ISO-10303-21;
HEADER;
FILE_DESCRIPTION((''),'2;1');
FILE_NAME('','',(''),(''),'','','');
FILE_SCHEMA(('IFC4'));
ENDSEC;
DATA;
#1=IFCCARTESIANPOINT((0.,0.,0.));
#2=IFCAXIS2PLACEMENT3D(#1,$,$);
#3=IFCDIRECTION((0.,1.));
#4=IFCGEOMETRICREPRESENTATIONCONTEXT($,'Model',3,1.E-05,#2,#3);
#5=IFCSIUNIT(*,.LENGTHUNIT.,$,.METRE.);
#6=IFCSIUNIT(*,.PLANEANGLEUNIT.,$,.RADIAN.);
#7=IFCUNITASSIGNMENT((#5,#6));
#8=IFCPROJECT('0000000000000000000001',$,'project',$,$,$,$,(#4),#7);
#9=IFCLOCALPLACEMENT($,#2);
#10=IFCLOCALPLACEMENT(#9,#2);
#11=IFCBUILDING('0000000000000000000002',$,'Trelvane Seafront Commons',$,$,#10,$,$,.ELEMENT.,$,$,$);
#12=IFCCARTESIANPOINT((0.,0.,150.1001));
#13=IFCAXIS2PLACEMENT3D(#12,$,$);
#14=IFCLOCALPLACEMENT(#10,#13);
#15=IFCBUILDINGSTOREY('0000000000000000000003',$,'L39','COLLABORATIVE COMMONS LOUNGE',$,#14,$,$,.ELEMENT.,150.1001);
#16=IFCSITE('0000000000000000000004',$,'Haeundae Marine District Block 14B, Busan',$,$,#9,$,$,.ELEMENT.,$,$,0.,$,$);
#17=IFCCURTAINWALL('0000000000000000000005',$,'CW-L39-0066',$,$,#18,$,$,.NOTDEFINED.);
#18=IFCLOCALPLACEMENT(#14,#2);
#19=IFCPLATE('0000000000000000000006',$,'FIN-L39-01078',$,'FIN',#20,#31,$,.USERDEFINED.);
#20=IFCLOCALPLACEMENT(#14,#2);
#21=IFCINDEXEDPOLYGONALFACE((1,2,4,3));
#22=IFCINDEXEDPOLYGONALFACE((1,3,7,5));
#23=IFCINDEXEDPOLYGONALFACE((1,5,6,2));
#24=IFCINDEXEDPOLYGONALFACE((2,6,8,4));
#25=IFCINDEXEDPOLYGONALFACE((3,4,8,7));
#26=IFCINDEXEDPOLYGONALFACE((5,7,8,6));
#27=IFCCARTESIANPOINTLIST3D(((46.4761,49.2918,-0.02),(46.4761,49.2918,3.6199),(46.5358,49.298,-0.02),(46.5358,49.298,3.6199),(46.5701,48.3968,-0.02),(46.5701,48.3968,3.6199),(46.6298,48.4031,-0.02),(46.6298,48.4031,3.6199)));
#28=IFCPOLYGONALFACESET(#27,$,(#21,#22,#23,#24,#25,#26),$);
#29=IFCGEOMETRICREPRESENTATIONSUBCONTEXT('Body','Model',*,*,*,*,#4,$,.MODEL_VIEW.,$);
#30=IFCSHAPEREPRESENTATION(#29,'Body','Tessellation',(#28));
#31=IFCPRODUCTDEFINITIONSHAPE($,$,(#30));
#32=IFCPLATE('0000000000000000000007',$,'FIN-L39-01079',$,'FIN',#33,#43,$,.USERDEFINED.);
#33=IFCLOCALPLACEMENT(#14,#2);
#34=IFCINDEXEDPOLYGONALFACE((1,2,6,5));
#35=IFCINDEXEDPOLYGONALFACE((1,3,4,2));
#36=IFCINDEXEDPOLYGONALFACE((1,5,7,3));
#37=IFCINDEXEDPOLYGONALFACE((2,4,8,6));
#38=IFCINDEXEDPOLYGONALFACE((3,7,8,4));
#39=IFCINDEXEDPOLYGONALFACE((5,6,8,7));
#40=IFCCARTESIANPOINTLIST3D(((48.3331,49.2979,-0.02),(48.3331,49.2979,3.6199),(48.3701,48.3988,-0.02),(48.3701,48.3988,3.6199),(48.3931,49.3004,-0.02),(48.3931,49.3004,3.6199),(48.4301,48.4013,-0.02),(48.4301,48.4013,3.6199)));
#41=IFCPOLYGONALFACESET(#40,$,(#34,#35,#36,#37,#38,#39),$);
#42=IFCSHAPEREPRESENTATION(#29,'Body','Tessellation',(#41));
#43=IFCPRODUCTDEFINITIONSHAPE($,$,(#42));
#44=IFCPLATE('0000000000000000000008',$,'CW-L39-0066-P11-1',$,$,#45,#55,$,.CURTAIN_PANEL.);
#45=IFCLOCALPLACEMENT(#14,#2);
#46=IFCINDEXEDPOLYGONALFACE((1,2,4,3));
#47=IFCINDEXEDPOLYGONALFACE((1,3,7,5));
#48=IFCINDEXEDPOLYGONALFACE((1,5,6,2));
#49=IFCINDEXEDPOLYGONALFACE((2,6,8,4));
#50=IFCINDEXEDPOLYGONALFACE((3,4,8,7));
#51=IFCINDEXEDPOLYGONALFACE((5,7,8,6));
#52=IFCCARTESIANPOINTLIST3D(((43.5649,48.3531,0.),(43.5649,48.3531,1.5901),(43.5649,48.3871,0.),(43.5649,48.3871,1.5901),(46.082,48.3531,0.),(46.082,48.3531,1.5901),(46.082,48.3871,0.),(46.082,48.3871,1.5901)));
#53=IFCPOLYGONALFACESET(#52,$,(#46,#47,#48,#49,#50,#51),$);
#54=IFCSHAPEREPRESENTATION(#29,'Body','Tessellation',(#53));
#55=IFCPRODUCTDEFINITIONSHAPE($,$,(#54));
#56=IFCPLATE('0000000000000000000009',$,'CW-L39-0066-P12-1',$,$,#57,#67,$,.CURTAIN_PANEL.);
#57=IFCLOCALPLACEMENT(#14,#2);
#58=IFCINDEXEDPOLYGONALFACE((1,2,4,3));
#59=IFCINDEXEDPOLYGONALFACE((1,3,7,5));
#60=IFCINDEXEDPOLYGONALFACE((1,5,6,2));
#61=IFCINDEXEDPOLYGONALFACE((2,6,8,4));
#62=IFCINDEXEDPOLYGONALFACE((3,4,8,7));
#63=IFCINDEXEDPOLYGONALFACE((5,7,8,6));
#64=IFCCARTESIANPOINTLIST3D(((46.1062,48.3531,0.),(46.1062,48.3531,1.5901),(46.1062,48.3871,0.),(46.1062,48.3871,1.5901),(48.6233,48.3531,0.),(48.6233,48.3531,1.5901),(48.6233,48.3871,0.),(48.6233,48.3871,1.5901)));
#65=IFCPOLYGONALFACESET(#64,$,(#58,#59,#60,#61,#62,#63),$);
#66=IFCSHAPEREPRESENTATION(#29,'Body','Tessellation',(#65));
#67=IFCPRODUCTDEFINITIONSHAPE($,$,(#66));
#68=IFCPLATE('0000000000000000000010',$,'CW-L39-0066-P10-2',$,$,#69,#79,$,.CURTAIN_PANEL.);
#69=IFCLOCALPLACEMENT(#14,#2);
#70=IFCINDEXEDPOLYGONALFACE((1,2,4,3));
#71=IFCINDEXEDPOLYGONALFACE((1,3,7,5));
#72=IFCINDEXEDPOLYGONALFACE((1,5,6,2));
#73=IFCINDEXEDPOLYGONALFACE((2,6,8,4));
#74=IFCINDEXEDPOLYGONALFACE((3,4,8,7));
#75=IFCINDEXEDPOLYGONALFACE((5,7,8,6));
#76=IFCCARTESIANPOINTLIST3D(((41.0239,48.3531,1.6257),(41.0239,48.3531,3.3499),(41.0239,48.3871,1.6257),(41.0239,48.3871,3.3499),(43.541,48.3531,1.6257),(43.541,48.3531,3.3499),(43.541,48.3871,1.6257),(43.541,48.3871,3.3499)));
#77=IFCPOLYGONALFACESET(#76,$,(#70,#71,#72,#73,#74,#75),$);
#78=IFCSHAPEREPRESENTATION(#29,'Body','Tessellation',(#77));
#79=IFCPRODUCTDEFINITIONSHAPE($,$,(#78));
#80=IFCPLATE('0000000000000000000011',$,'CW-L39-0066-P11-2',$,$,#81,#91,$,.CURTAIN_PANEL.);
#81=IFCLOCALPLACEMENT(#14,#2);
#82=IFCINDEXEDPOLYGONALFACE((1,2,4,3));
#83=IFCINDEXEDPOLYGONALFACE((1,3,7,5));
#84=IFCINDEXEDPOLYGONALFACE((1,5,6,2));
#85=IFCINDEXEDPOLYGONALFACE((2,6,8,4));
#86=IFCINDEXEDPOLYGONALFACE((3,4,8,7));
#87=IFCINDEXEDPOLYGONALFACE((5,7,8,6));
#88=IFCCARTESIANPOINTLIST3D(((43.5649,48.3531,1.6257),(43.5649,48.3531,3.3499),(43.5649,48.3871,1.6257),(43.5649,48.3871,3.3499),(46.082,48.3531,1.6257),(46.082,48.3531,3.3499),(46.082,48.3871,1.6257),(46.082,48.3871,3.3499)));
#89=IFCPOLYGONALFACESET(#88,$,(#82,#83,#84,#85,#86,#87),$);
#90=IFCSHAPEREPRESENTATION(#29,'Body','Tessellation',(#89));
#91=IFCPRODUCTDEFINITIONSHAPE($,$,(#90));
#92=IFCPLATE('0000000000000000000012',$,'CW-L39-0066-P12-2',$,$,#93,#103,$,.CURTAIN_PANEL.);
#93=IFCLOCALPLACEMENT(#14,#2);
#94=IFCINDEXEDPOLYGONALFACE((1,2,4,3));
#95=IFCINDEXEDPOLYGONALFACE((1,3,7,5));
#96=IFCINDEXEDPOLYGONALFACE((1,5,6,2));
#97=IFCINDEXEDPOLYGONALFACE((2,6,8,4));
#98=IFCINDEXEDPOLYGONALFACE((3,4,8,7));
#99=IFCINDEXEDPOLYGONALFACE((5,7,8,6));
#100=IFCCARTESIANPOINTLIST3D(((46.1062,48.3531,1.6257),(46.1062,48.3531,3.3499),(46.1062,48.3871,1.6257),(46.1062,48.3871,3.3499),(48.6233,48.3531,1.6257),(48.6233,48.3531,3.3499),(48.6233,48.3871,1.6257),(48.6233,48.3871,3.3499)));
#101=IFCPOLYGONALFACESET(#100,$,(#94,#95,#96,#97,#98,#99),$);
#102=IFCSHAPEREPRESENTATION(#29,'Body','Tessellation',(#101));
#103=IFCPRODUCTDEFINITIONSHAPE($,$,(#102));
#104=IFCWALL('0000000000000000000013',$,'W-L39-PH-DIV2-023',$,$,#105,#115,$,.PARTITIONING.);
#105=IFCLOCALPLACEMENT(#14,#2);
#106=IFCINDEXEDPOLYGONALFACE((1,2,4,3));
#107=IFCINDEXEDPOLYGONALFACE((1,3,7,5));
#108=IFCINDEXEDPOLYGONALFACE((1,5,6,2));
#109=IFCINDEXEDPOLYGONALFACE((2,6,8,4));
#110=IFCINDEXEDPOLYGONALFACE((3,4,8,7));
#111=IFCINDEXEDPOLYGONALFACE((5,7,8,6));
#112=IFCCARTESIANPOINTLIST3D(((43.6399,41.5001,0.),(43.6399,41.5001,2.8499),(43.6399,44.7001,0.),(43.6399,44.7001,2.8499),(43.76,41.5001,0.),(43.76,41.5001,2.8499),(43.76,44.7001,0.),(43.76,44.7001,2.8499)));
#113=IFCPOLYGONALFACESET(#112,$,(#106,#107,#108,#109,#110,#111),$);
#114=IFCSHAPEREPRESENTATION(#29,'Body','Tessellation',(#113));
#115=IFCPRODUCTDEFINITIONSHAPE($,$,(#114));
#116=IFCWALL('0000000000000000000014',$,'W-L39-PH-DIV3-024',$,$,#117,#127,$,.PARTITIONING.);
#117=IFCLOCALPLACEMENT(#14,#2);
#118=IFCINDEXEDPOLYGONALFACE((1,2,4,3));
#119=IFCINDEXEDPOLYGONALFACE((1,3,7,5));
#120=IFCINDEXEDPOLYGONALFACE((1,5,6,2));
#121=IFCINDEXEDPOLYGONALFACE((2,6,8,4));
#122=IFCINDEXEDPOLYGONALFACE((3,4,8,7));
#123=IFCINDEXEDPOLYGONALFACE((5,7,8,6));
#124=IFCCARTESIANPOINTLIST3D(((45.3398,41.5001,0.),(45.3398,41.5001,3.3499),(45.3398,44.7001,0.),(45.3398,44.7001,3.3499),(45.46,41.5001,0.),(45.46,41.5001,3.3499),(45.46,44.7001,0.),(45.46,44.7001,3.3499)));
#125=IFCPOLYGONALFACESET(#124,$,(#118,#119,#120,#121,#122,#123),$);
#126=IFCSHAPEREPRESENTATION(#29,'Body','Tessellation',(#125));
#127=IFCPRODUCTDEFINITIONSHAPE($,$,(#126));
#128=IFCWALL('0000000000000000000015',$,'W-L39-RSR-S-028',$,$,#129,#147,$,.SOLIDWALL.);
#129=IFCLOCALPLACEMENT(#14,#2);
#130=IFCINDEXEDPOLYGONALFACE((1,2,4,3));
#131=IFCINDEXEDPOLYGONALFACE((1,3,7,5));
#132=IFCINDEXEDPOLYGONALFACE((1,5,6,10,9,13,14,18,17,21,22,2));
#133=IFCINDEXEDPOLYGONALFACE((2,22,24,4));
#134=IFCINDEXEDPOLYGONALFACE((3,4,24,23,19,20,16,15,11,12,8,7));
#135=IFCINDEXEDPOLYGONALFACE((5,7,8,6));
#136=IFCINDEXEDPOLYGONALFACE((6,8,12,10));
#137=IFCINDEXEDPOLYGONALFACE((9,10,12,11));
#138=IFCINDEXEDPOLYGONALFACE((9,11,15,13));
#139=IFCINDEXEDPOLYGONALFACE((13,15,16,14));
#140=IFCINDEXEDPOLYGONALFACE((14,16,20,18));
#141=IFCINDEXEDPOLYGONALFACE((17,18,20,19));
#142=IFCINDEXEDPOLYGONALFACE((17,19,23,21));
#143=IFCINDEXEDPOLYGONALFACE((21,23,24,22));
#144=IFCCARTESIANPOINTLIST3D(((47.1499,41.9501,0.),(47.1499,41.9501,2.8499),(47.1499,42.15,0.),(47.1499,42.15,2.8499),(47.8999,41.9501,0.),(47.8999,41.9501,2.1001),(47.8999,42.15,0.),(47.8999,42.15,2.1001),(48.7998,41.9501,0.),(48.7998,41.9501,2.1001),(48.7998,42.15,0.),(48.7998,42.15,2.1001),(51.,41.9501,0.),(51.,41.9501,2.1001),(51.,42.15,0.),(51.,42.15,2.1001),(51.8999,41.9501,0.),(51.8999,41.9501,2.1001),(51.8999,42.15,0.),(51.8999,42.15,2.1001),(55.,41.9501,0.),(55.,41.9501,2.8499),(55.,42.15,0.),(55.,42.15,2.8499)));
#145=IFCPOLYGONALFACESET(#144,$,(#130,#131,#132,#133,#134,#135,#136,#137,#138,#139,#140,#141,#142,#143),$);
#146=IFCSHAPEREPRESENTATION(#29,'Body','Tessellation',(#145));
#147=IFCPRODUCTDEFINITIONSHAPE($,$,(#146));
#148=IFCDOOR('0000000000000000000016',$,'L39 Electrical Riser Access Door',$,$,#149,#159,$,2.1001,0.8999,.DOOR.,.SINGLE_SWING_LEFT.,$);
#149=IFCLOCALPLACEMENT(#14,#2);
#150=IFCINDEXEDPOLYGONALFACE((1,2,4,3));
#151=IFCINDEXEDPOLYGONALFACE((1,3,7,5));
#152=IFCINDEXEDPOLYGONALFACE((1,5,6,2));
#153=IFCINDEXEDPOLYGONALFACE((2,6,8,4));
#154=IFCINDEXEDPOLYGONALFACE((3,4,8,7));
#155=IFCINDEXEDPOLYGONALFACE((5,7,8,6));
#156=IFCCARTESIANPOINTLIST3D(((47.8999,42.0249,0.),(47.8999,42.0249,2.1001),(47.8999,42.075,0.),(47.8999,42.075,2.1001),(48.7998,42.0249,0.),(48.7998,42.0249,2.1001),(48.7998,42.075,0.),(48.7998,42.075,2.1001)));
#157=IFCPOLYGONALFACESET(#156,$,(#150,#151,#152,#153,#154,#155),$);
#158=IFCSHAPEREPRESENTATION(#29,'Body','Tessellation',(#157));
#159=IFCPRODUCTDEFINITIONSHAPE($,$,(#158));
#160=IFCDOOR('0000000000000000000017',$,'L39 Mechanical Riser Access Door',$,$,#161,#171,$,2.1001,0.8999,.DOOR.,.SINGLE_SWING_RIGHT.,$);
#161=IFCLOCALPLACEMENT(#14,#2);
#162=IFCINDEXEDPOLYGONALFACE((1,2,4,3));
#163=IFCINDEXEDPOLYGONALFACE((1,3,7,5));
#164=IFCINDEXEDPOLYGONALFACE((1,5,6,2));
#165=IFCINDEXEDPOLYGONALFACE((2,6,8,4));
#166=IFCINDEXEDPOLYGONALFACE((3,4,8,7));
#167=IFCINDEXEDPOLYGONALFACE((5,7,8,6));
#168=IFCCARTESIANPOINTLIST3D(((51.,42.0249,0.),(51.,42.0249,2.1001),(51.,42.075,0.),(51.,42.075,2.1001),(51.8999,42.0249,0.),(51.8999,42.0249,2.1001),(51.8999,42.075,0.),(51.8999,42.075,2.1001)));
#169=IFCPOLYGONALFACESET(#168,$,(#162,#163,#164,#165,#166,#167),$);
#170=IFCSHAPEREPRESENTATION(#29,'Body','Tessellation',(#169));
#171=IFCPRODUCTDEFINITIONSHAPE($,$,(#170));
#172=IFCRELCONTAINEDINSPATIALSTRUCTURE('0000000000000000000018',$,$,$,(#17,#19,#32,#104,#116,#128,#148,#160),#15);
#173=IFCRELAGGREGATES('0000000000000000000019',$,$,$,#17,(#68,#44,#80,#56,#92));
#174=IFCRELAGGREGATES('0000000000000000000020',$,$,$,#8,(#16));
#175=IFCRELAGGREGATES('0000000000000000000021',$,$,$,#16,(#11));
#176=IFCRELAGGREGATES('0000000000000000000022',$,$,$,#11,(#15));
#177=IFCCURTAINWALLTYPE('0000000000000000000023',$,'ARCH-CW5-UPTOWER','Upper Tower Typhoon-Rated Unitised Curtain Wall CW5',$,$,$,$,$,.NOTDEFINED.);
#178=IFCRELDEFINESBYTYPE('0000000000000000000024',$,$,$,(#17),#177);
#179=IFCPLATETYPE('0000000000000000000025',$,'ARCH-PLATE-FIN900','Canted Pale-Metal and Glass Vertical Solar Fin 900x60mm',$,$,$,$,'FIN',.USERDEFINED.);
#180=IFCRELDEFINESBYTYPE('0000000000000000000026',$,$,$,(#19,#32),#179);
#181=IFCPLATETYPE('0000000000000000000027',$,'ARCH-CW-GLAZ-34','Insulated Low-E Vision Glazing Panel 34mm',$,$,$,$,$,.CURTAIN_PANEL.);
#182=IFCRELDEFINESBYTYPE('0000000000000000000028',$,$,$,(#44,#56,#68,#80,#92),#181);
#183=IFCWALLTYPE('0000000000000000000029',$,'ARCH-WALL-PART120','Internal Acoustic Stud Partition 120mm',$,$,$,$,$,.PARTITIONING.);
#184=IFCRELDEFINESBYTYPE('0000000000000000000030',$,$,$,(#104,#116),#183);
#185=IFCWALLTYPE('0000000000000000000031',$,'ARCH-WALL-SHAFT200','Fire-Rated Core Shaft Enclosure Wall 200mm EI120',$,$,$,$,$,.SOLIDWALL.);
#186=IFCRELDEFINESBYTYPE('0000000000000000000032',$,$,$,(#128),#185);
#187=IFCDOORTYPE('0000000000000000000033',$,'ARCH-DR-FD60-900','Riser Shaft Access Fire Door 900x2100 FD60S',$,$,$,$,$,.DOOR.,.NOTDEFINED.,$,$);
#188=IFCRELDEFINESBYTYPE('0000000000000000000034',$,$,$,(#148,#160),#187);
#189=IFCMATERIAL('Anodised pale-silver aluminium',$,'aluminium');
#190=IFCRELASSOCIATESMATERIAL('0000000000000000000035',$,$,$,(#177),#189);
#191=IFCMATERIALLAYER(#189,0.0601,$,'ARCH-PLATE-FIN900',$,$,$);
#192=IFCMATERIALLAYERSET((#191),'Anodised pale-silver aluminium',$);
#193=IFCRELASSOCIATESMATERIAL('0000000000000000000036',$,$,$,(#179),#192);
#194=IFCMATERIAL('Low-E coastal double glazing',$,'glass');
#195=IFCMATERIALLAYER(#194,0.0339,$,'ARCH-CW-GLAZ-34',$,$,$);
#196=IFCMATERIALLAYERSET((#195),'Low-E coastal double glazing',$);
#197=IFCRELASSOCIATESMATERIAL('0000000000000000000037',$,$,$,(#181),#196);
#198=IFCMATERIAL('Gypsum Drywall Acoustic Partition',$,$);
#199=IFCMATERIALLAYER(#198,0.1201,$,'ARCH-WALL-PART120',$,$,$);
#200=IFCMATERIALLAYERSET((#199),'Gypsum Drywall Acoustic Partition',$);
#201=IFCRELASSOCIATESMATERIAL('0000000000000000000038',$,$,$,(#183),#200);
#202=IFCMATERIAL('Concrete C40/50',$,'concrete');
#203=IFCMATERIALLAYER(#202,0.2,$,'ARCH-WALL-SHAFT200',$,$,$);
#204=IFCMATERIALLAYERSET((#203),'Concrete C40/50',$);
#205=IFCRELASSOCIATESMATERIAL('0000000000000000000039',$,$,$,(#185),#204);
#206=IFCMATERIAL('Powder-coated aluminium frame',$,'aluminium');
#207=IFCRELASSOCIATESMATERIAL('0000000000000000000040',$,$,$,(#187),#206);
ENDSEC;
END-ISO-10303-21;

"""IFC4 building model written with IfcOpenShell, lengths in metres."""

from ifc_helpers import new_model, si_unit, direction, frame, frame_2d, origin, origin_2d, place, context, subcontext, project, spatial, rectangle, extrude, source, transform, mapped, material, layer, layer_set, type_object, element, fill, aggregate, save


model = new_model("IFC4")

# Units and contexts
model_context = context("Model", 3, precision=1e-05, world=origin(), true_north=direction((0.0, 1.0)))
body_context = subcontext(model_context, "Body", "Model", "MODEL_VIEW")
ifc_project = project(units=[si_unit("LENGTHUNIT", "METRE"), si_unit("PLANEANGLEUNIT", "RADIAN")], contexts=[model_context])

# Site, building, storey
site_placement = place(None, origin())
site = spatial("IfcSite", under=ifc_project, at=site_placement, Name="Haeundae Marine District Block 14B, Busan", CompositionType="ELEMENT", RefElevation=0.0)
building_placement = place(site_placement, origin())
building = spatial("IfcBuilding", under=site, at=building_placement, Name="Trelvane Seafront Commons", CompositionType="ELEMENT")
storey_placement = place(building_placement, frame((0.0, 0.0, 150.1001)))
storey = spatial("IfcBuildingStorey", under=building, at=storey_placement, Name="L39", Description="COLLABORATIVE COMMONS LOUNGE", CompositionType="ELEMENT", Elevation=150.1001)

# Curtain wall
ifc_material_1 = material(Name="Anodised pale-silver aluminium", Category="aluminium")
curtain_wall_type = type_object("IfcCurtainWallType", Name="ARCH-CW5-UPTOWER", Description="Upper Tower Typhoon-Rated Unitised Curtain Wall CW5", PredefinedType="NOTDEFINED", material=ifc_material_1)
curtain_wall_placement = place(storey_placement, origin())
curtain_wall = element("IfcCurtainWall", 1, at=curtain_wall_placement, inside=storey, type_object=curtain_wall_type, Name="CW-L39-0066", PredefinedType="NOTDEFINED")

# Plates
ifc_layer_1 = layer(ifc_material_1, 0.0601, Name="ARCH-PLATE-FIN900")
ifc_layer_set_1 = layer_set([ifc_layer_1], Name="Anodised pale-silver aluminium")
plate_type_1 = type_object("IfcPlateType", Name="ARCH-PLATE-FIN900", Description="Canted Pale-Metal and Glass Vertical Solar Fin 900x60mm", ElementType="FIN", PredefinedType="USERDEFINED", material=ifc_layer_set_1)
shared_shape_1 = source(origin(), body_context, "Body", "SweptSolid", [
    extrude(rectangle(XDim=0.8999, YDim=0.0601, at=origin_2d()), origin(), (0.0, 0.0, 1.0), 3.6399),
])
for number, where, z_axis, x_axis, name in (
    (2, (46.553, 48.8474, -0.02), (0.0, 0.0, 1.0), (-0.104442, 0.994531, 0.0), "FIN-L39-01078"),
    (3, (48.3816, 48.8496, -0.02), (0.0, 0.0, 1.0), (-0.041114, 0.999154, 0.0), "FIN-L39-01079"),
):
    element("IfcPlate", number, at=place(storey_placement, frame(where, z_axis=z_axis, x_axis=x_axis)), inside=storey, type_object=plate_type_1, Name=name, ObjectType="FIN", PredefinedType="USERDEFINED", context=body_context, shape_type="MappedRepresentation", body=[
        mapped(shared_shape_1, transform((0.0, 0.0, 0.0), x_axis=(1.0, 0.0, 0.0), y_axis=(0.0, 1.0, 0.0), z_axis=(0.0, 0.0, 1.0), scale=1.0)),
    ])

# Plates
ifc_material_2 = material(Name="Low-E coastal double glazing", Category="glass")
ifc_layer_2 = layer(ifc_material_2, 0.0339, Name="ARCH-CW-GLAZ-34")
ifc_layer_set_2 = layer_set([ifc_layer_2], Name="Low-E coastal double glazing")
plate_type_2 = type_object("IfcPlateType", Name="ARCH-CW-GLAZ-34", Description="Insulated Low-E Vision Glazing Panel 34mm", PredefinedType="CURTAIN_PANEL", material=ifc_layer_set_2)
shared_shape_2 = source(origin(), body_context, "Body", "SweptSolid", [
    extrude(rectangle(XDim=2.5171, YDim=0.0339, at=origin_2d()), origin(), (0.0, 0.0, 1.0), 1.5901),
])
plate_1_placement = place(storey_placement, frame((44.8235, 48.3701, 0.0), z_axis=(0.0, 0.0, 1.0), x_axis=(1.0, 0.0, 0.0)))
plate_1 = element("IfcPlate", 4, at=plate_1_placement, type_object=plate_type_2, Name="CW-L39-0066-P11-1", PredefinedType="CURTAIN_PANEL", context=body_context, shape_type="MappedRepresentation", body=[
    mapped(shared_shape_2, transform((0.0, 0.0, 0.0), x_axis=(1.0, 0.0, 0.0), y_axis=(0.0, 1.0, 0.0), z_axis=(0.0, 0.0, 1.0), scale=1.0)),
])
plate_2_placement = place(storey_placement, frame((47.3647, 48.3701, 0.0), z_axis=(0.0, 0.0, 1.0), x_axis=(1.0, 0.0, 0.0)))
plate_2 = element("IfcPlate", 5, at=plate_2_placement, type_object=plate_type_2, Name="CW-L39-0066-P12-1", PredefinedType="CURTAIN_PANEL", context=body_context, shape_type="MappedRepresentation", body=[
    mapped(shared_shape_2, transform((0.0, 0.0, 0.0), x_axis=(1.0, 0.0, 0.0), y_axis=(0.0, 1.0, 0.0), z_axis=(0.0, 0.0, 1.0), scale=1.0)),
])
shared_shape_3 = source(origin(), body_context, "Body", "SweptSolid", [
    extrude(rectangle(XDim=2.5171, YDim=0.0339, at=origin_2d()), origin(), (0.0, 0.0, 1.0), 1.7241),
])
plate_3_placement = place(storey_placement, frame((42.2825, 48.3701, 1.6257), z_axis=(0.0, 0.0, 1.0), x_axis=(1.0, 0.0, 0.0)))
plate_3 = element("IfcPlate", 6, at=plate_3_placement, type_object=plate_type_2, Name="CW-L39-0066-P10-2", PredefinedType="CURTAIN_PANEL", context=body_context, shape_type="MappedRepresentation", body=[
    mapped(shared_shape_3, transform((0.0, 0.0, 0.0), x_axis=(1.0, 0.0, 0.0), y_axis=(0.0, 1.0, 0.0), z_axis=(0.0, 0.0, 1.0), scale=1.0)),
])
plate_4_placement = place(storey_placement, frame((44.8235, 48.3701, 1.6257), z_axis=(0.0, 0.0, 1.0), x_axis=(1.0, 0.0, 0.0)))
plate_4 = element("IfcPlate", 7, at=plate_4_placement, type_object=plate_type_2, Name="CW-L39-0066-P11-2", PredefinedType="CURTAIN_PANEL", context=body_context, shape_type="MappedRepresentation", body=[
    mapped(shared_shape_3, transform((0.0, 0.0, 0.0), x_axis=(1.0, 0.0, 0.0), y_axis=(0.0, 1.0, 0.0), z_axis=(0.0, 0.0, 1.0), scale=1.0)),
])
plate_5_placement = place(storey_placement, frame((47.3647, 48.3701, 1.6257), z_axis=(0.0, 0.0, 1.0), x_axis=(1.0, 0.0, 0.0)))
plate_5 = element("IfcPlate", 8, at=plate_5_placement, type_object=plate_type_2, Name="CW-L39-0066-P12-2", PredefinedType="CURTAIN_PANEL", context=body_context, shape_type="MappedRepresentation", body=[
    mapped(shared_shape_3, transform((0.0, 0.0, 0.0), x_axis=(1.0, 0.0, 0.0), y_axis=(0.0, 1.0, 0.0), z_axis=(0.0, 0.0, 1.0), scale=1.0)),
])
aggregate(curtain_wall, [plate_3, plate_1, plate_4, plate_2, plate_5])

# Walls
ifc_material_3 = material(Name="Gypsum Drywall Acoustic Partition")
ifc_layer_3 = layer(ifc_material_3, 0.1201, Name="ARCH-WALL-PART120")
ifc_layer_set_3 = layer_set([ifc_layer_3], Name="Gypsum Drywall Acoustic Partition")
wall_type_1 = type_object("IfcWallType", Name="ARCH-WALL-PART120", Description="Internal Acoustic Stud Partition 120mm", PredefinedType="PARTITIONING", material=ifc_layer_set_3)
wall_1_placement = place(storey_placement, frame((43.7, 41.5, 0.0), z_axis=(0.0, 0.0, 1.0), x_axis=(0.0, 1.0, 0.0)))
element("IfcWall", 9, at=wall_1_placement, inside=storey, type_object=wall_type_1, Name="W-L39-PH-DIV2-023", PredefinedType="PARTITIONING", context=body_context, shape_type="SweptSolid", body=[
    extrude(rectangle(XDim=3.2, YDim=0.1201, at=frame_2d((1.6001, 0.0))), origin(), (0.0, 0.0, 1.0), 2.8499),
])
wall_2_placement = place(storey_placement, frame((45.3999, 41.5, 0.0), z_axis=(0.0, 0.0, 1.0), x_axis=(0.0, 1.0, 0.0)))
element("IfcWall", 10, at=wall_2_placement, inside=storey, type_object=wall_type_1, Name="W-L39-PH-DIV3-024", PredefinedType="PARTITIONING", context=body_context, shape_type="SweptSolid", body=[
    extrude(rectangle(XDim=3.2, YDim=0.1201, at=frame_2d((1.6001, 0.0))), origin(), (0.0, 0.0, 1.0), 3.3499),
])

# Wall, openings, doors
ifc_material_4 = material(Name="Concrete C40/50", Category="concrete")
ifc_layer_4 = layer(ifc_material_4, 0.2, Name="ARCH-WALL-SHAFT200")
ifc_layer_set_4 = layer_set([ifc_layer_4], Name="Concrete C40/50")
wall_type_2 = type_object("IfcWallType", Name="ARCH-WALL-SHAFT200", Description="Fire-Rated Core Shaft Enclosure Wall 200mm EI120", PredefinedType="SOLIDWALL", material=ifc_layer_set_4)
wall_3_placement = place(storey_placement, frame((47.1499, 42.05, 0.0), z_axis=(0.0, 0.0, 1.0), x_axis=(1.0, 0.0, 0.0)))
wall_3 = element("IfcWall", 11, at=wall_3_placement, inside=storey, type_object=wall_type_2, Name="W-L39-RSR-S-028", PredefinedType="SOLIDWALL", context=body_context, shape_type="SweptSolid", body=[
    extrude(rectangle(XDim=7.8501, YDim=0.2, at=frame_2d((3.925, 0.0))), origin(), (0.0, 0.0, 1.0), 2.8499),
])
opening_1_placement = place(wall_3_placement, frame((0.75, 0.0, 0.0)))
opening_1 = element("IfcOpeningElement", 12, at=opening_1_placement, cuts=wall_3, PredefinedType="OPENING", context=body_context, shape_type="SweptSolid", body=[
    extrude(rectangle(XDim=0.8999, YDim=2.1001, at=frame_2d((0.45, 1.05))), frame((0.0, 0.1099, 0.0), z_axis=(0.0, -1.0, 0.0), x_axis=(1.0, 0.0, 0.0)), (0.0, 0.0, 1.0), 0.22),
])
opening_2_placement = place(wall_3_placement, frame((3.8501, 0.0, 0.0)))
opening_2 = element("IfcOpeningElement", 13, at=opening_2_placement, cuts=wall_3, PredefinedType="OPENING", context=body_context, shape_type="SweptSolid", body=[
    extrude(rectangle(XDim=0.8999, YDim=2.1001, at=frame_2d((0.45, 1.05))), frame((0.0, 0.1099, 0.0), z_axis=(0.0, -1.0, 0.0), x_axis=(1.0, 0.0, 0.0)), (0.0, 0.0, 1.0), 0.22),
])
ifc_material_5 = material(Name="Powder-coated aluminium frame", Category="aluminium")
door_type = type_object("IfcDoorType", Name="ARCH-DR-FD60-900", Description="Riser Shaft Access Fire Door 900x2100 FD60S", OperationType="NOTDEFINED", PredefinedType="DOOR", material=ifc_material_5)
shared_shape_4 = source(origin(), body_context, "Body", "SweptSolid", [
    extrude(rectangle(XDim=0.8999, YDim=2.1001, at=frame_2d((0.45, 1.05))), frame((0.0, 0.0249, 0.0), z_axis=(0.0, -1.0, 0.0), x_axis=(1.0, 0.0, 0.0)), (0.0, 0.0, 1.0), 0.05),
])
door_1_placement = place(opening_1_placement, origin())
door_1 = element("IfcDoor", 14, at=door_1_placement, inside=storey, type_object=door_type, Name="L39 Electrical Riser Access Door", OperationType="SINGLE_SWING_LEFT", OverallHeight=2.1001, OverallWidth=0.8999, PredefinedType="DOOR", context=body_context, shape_type="MappedRepresentation", body=[
    mapped(shared_shape_4, transform((0.0, 0.0, 0.0), x_axis=(1.0, 0.0, 0.0), y_axis=(0.0, 1.0, 0.0), z_axis=(0.0, 0.0, 1.0), scale=1.0)),
])
fill(opening_1, door_1)
door_2_placement = place(opening_2_placement, origin())
door_2 = element("IfcDoor", 15, at=door_2_placement, inside=storey, type_object=door_type, Name="L39 Mechanical Riser Access Door", OperationType="SINGLE_SWING_RIGHT", OverallHeight=2.1001, OverallWidth=0.8999, PredefinedType="DOOR", context=body_context, shape_type="MappedRepresentation", body=[
    mapped(shared_shape_4, transform((0.0, 0.0, 0.0), x_axis=(1.0, 0.0, 0.0), y_axis=(0.0, 1.0, 0.0), z_axis=(0.0, 0.0, 1.0), scale=1.0)),
])
fill(opening_2, door_2)

save(model, "model.ifc")
